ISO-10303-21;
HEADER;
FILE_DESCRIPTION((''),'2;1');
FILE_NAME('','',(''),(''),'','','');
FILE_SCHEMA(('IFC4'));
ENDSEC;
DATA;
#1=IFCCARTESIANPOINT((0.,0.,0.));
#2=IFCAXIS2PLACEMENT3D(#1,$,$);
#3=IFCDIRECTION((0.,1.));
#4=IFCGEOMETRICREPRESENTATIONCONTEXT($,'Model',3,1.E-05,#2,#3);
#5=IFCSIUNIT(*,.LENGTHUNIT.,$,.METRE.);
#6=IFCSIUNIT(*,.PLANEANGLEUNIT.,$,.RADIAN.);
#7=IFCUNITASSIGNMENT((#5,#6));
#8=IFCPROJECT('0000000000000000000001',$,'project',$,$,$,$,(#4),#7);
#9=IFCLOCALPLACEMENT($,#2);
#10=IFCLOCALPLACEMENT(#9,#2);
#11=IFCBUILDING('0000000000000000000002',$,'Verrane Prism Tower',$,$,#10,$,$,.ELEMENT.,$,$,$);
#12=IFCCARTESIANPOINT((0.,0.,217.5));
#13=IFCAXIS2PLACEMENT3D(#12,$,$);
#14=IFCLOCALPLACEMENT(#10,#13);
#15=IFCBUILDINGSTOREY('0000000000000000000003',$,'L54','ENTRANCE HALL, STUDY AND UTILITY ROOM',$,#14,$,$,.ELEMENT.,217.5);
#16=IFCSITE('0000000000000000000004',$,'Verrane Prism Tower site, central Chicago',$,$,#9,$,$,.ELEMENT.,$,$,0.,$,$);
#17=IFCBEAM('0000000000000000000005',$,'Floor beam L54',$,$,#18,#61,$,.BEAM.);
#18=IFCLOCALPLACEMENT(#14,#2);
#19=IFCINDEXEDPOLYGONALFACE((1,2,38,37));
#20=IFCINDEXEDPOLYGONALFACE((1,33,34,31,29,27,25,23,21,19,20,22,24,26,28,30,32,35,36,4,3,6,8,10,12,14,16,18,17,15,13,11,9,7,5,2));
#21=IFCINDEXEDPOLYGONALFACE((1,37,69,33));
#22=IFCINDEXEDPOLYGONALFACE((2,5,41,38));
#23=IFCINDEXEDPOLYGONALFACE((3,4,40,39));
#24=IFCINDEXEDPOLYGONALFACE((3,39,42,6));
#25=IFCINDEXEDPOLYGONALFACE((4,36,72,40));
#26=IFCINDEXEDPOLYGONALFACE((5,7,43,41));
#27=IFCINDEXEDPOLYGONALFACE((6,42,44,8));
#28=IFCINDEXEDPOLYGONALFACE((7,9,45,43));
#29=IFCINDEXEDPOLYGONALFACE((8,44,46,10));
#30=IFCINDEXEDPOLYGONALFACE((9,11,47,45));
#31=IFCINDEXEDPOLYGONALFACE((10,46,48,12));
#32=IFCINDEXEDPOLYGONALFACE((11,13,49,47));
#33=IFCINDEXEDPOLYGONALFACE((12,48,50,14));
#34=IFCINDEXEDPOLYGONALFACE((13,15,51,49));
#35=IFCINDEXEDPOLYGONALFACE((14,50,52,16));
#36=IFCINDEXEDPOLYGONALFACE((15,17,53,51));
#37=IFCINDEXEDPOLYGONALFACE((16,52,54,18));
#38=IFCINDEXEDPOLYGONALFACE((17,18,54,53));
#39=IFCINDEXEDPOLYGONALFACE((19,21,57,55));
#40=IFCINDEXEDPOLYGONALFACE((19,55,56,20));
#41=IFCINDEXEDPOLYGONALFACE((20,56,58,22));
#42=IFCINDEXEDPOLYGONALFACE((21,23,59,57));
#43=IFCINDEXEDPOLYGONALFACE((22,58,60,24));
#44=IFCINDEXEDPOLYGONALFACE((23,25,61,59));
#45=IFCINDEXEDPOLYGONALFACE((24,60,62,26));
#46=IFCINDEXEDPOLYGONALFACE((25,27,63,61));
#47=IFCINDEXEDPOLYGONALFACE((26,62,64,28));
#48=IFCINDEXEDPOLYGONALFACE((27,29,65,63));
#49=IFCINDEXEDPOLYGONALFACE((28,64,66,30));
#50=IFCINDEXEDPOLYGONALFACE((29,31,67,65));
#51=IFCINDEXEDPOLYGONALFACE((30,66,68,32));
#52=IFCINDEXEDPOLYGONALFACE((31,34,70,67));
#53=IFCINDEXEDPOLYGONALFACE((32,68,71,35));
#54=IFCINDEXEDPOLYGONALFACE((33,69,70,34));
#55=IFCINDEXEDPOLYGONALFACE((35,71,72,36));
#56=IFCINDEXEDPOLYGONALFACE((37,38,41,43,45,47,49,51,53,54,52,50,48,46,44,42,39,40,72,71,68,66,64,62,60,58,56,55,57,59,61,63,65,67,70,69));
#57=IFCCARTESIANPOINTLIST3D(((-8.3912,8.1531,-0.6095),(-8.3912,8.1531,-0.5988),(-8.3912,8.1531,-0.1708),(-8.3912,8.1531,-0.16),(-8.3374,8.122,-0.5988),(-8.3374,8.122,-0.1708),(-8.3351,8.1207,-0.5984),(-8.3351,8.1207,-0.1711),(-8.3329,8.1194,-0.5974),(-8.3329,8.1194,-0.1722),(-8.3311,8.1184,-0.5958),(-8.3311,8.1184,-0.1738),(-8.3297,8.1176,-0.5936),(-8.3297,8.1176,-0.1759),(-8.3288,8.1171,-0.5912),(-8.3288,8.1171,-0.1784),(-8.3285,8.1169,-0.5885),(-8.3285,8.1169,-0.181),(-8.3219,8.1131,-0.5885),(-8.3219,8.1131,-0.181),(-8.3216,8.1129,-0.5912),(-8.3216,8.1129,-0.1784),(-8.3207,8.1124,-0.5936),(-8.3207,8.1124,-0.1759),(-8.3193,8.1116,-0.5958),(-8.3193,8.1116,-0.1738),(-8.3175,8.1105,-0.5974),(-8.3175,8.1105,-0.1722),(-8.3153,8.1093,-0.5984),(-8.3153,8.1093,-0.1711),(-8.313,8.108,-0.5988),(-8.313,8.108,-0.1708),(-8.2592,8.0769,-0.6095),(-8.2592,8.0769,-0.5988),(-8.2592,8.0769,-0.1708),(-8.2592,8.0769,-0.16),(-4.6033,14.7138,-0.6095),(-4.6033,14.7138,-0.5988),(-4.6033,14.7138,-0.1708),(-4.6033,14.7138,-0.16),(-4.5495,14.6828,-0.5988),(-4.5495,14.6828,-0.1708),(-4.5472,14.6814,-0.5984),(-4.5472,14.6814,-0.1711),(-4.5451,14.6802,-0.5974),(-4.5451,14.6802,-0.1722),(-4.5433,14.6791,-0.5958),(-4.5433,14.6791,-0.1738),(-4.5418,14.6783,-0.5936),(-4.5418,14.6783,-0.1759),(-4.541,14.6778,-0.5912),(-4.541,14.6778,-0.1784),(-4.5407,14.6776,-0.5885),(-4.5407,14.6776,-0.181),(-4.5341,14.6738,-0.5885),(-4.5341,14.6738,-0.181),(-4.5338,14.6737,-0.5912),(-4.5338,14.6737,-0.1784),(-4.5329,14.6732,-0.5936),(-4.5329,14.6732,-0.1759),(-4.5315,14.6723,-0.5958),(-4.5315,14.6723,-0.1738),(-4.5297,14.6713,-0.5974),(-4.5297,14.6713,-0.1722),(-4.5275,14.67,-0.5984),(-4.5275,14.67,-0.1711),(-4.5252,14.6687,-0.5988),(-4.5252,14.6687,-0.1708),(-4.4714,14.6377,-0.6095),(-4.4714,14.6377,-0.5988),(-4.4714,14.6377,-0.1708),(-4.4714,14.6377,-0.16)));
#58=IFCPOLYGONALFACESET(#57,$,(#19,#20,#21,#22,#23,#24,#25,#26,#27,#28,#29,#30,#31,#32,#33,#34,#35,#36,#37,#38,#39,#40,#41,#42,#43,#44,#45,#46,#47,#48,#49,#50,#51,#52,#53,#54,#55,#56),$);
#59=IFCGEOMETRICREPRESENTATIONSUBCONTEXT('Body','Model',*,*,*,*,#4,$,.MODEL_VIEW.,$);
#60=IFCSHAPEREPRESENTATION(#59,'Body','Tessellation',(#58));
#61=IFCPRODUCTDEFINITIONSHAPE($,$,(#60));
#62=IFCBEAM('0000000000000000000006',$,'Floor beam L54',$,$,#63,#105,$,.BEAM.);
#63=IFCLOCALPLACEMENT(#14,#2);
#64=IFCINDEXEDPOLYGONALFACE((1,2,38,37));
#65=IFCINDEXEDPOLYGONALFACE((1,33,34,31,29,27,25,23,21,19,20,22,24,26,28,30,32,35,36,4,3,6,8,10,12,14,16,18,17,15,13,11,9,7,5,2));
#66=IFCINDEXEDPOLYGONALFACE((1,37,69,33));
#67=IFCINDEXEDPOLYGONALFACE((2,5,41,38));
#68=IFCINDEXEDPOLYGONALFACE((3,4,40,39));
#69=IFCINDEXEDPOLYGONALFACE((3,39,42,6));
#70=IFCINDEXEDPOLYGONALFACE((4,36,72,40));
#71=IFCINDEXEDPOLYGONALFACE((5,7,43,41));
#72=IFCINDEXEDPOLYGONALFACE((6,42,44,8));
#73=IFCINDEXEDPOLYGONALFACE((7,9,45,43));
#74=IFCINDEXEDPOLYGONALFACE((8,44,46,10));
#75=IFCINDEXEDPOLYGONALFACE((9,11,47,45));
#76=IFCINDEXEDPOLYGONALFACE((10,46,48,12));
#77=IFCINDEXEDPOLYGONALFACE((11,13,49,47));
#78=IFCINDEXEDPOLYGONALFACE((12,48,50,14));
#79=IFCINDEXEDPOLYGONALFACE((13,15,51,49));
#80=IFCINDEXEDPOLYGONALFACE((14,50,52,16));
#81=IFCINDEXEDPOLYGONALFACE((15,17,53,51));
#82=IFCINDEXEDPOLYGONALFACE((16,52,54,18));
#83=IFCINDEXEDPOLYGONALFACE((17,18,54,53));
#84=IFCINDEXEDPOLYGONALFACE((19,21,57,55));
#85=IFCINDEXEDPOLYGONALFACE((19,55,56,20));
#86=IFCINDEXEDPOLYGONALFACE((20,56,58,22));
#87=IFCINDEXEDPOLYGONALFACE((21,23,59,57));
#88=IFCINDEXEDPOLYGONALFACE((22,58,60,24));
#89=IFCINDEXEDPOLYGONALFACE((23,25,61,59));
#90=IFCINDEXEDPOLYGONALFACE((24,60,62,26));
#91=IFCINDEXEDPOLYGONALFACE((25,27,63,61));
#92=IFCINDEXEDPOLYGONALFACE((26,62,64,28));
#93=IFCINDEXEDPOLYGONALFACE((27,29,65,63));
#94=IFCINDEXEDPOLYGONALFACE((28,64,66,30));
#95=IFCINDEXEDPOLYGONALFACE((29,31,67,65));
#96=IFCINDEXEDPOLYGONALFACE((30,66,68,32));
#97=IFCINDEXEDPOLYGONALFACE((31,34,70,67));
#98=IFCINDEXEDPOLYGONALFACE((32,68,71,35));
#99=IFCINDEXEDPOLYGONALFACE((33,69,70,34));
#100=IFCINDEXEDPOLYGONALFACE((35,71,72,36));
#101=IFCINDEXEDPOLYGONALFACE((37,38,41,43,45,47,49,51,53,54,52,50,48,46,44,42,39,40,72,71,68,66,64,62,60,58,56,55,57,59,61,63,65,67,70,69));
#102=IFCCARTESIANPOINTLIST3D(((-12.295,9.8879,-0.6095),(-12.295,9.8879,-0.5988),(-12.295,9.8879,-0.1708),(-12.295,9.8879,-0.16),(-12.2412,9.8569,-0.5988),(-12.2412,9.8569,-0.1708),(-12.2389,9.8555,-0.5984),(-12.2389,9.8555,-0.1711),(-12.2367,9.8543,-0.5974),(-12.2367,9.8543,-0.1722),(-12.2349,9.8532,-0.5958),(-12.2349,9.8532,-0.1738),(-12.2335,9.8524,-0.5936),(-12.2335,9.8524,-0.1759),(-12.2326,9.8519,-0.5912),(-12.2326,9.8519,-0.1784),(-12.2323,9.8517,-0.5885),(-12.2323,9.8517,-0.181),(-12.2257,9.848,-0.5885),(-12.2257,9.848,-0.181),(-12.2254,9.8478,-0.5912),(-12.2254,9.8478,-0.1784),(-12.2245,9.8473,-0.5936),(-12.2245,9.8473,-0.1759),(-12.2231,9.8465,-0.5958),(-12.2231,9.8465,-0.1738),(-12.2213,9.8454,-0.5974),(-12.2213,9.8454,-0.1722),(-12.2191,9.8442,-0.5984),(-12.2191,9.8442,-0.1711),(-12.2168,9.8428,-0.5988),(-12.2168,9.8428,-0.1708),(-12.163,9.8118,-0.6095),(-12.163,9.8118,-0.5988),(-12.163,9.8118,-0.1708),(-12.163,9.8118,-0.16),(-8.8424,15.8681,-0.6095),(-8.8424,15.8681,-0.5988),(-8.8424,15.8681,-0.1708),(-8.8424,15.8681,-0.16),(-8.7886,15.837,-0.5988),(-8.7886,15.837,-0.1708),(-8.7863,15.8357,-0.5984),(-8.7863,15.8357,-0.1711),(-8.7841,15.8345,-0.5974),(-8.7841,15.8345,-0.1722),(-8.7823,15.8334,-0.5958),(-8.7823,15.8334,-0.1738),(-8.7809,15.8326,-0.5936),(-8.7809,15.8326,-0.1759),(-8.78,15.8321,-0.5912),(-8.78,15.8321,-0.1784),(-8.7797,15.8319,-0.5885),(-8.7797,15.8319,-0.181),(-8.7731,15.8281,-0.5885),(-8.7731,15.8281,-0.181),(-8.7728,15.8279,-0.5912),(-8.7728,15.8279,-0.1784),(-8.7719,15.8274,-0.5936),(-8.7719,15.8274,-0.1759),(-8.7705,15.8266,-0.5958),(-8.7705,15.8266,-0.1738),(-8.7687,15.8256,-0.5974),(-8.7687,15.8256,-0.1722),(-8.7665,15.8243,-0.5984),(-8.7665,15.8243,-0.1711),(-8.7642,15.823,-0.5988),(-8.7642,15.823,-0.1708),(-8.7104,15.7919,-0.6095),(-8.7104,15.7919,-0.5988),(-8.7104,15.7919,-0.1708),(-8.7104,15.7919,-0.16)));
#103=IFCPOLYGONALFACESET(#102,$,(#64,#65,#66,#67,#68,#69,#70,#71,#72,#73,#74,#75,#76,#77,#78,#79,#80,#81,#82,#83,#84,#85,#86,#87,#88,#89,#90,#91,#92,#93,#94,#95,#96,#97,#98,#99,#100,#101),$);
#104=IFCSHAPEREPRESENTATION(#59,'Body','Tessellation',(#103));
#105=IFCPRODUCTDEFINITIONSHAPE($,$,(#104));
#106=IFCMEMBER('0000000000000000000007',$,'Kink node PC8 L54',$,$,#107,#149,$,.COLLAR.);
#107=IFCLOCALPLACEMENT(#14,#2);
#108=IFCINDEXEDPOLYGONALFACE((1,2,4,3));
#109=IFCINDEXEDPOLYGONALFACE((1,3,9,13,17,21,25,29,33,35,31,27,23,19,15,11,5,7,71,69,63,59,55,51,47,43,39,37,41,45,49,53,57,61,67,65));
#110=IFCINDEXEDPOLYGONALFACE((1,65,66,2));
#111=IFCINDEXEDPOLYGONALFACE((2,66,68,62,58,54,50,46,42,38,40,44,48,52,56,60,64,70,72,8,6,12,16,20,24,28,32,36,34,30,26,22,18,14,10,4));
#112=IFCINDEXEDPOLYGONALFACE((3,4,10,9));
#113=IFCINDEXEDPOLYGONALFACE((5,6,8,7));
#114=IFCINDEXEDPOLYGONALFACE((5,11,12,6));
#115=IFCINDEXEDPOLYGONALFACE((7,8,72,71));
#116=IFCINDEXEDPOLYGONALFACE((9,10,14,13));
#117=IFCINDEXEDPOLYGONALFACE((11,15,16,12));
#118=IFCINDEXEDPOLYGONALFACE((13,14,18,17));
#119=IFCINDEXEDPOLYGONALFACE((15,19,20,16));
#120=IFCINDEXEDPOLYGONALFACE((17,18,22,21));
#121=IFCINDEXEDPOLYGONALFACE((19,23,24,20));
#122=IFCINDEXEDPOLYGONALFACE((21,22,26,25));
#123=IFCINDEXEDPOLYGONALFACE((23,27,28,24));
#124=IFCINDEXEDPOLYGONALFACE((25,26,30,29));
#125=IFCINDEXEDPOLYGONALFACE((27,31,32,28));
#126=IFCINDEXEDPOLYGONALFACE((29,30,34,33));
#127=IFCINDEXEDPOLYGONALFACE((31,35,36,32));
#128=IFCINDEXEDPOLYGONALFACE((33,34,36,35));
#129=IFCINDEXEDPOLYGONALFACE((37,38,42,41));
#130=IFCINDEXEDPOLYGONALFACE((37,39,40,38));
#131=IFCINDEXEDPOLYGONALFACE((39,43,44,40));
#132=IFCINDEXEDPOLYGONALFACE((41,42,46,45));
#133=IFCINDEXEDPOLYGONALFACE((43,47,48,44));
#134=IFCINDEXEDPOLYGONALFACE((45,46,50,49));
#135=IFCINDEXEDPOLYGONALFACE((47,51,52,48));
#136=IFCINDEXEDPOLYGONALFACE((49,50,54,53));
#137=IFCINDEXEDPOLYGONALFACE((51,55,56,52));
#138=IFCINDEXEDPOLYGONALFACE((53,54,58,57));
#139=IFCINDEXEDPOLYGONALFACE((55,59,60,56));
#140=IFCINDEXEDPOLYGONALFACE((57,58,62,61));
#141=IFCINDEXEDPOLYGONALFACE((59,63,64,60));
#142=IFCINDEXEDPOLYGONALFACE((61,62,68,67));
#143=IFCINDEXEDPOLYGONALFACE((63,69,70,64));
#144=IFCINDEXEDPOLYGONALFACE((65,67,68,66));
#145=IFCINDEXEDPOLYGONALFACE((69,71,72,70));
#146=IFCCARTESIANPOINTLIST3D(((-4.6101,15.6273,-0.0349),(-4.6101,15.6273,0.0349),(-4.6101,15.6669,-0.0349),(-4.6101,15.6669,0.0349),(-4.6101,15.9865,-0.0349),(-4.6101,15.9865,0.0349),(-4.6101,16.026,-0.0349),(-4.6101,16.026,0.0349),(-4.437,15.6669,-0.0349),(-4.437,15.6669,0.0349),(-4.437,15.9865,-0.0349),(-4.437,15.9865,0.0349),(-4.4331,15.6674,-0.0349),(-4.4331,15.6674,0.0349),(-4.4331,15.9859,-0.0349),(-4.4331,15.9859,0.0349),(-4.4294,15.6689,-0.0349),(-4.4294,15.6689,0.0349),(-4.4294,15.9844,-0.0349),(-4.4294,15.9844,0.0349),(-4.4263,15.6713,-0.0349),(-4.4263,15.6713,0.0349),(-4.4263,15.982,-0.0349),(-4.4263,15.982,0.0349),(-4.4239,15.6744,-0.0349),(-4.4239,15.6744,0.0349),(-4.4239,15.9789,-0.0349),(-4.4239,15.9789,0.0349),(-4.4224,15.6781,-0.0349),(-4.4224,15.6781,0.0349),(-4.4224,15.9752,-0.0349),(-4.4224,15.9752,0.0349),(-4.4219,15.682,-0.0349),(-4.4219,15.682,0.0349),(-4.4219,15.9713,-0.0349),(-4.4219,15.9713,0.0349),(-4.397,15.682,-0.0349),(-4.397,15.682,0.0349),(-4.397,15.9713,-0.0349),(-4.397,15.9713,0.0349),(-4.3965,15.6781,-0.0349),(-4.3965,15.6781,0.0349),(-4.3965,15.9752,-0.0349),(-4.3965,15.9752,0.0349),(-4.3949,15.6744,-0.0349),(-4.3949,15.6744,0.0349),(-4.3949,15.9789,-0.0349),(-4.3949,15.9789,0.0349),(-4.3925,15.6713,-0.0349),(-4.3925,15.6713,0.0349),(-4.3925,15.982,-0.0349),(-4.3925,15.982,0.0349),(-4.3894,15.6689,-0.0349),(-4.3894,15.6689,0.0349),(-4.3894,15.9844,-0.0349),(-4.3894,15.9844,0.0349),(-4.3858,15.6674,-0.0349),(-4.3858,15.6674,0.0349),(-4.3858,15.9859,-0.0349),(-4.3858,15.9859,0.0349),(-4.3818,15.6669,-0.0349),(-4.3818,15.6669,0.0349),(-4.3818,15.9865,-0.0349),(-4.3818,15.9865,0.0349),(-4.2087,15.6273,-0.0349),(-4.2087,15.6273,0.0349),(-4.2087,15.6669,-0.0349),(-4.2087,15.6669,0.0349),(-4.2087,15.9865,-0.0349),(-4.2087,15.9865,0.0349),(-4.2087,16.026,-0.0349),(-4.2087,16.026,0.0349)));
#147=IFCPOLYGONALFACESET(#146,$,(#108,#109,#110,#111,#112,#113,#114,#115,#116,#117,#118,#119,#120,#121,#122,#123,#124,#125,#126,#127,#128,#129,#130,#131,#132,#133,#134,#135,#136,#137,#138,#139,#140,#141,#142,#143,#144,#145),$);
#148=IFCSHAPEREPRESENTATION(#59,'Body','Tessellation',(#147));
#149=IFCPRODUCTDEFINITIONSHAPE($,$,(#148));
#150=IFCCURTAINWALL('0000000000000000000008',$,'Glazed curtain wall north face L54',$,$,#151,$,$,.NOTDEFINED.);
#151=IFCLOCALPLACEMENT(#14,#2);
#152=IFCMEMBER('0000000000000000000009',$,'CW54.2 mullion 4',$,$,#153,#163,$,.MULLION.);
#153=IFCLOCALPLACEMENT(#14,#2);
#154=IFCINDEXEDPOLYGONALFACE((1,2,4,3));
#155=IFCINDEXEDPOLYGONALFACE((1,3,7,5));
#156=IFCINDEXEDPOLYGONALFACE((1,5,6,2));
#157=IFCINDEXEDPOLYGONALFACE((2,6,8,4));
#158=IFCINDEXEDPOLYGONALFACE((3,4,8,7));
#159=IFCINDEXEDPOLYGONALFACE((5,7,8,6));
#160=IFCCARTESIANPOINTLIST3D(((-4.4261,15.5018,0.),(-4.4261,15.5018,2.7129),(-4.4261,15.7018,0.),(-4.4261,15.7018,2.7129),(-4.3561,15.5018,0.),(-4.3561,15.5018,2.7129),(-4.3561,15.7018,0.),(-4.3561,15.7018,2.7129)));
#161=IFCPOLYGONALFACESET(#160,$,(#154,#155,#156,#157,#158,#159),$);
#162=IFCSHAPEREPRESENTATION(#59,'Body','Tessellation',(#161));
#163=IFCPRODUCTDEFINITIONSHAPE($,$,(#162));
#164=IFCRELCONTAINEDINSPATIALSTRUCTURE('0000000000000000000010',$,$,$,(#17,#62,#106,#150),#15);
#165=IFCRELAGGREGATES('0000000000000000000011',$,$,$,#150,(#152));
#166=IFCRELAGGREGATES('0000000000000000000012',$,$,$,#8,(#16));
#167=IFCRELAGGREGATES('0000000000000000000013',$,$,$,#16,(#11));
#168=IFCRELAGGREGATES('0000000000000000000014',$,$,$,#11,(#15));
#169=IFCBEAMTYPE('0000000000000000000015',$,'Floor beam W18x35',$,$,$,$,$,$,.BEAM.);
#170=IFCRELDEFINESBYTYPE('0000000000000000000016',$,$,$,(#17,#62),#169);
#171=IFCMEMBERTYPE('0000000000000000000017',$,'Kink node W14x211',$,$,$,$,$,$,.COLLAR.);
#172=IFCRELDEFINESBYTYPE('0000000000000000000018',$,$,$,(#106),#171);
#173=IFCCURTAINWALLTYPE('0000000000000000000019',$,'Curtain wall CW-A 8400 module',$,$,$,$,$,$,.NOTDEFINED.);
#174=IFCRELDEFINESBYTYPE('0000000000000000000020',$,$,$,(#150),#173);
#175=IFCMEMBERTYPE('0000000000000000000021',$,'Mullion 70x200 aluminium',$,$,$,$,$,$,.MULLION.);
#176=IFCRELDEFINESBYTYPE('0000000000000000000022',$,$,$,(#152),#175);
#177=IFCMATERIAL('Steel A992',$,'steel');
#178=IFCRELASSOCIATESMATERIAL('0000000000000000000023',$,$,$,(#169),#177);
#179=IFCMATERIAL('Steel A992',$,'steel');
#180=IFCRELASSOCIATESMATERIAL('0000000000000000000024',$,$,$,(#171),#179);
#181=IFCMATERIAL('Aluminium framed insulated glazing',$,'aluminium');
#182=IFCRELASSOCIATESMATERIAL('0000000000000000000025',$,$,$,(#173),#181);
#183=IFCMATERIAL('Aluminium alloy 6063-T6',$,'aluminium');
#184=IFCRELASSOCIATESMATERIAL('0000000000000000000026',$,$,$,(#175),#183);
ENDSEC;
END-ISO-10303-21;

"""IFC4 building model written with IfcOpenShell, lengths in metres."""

from ifc_helpers import new_model, si_unit, direction, frame, origin, origin_2d, place, context, subcontext, project, spatial, rectangle, i_section, extrude, material, material_profile, profile_set, type_object, element, aggregate, save


model = new_model("IFC4")

# Units and contexts
model_context = context("Model", 3, precision=1e-05, world=origin(), true_north=direction((0.0, 1.0)))
body_context = subcontext(model_context, "Body", "Model", "MODEL_VIEW")
ifc_project = project(units=[si_unit("LENGTHUNIT", "METRE"), si_unit("PLANEANGLEUNIT", "RADIAN")], contexts=[model_context])

# Site, building, storey
site_placement = place(None, origin())
site = spatial("IfcSite", under=ifc_project, at=site_placement, Name="Verrane Prism Tower site, central Chicago", CompositionType="ELEMENT", RefElevation=0.0)
building_placement = place(site_placement, origin())
building = spatial("IfcBuilding", under=site, at=building_placement, Name="Verrane Prism Tower", CompositionType="ELEMENT")
storey_placement = place(building_placement, frame((0.0, 0.0, 217.5)))
storey = spatial("IfcBuildingStorey", under=building, at=storey_placement, Name="L54", Description="ENTRANCE HALL, STUDY AND UTILITY ROOM", CompositionType="ELEMENT", Elevation=217.5)

# Beams
ifc_material_1 = material(Name="Steel A992", Category="steel")
ifc_material_profile_1 = material_profile(ifc_material_1, i_section(OverallWidth=0.1523, OverallDepth=0.4495, WebThickness=0.0076, FlangeThickness=0.0107, FilletRadius=0.0103, at=origin_2d()), Name="W18x35")
ifc_profile_set_1 = profile_set([ifc_material_profile_1], Name="Steel A992")
beam_type_1 = type_object("IfcBeamType", Name="Floor beam W18x35", PredefinedType="BEAM", material=ifc_profile_set_1)
beam_1_placement = place(storey_placement, frame((-8.3252, 8.115, -0.3848), z_axis=(0.499997, 0.866027, 0.0), x_axis=(-0.866027, 0.499997, 0.0)))
element("IfcBeam", 1, at=beam_1_placement, inside=storey, type_object=beam_type_1, Name="Floor beam L54", PredefinedType="BEAM", context=body_context, shape_type="SweptSolid", body=[
    extrude(i_section(OverallWidth=0.1523, OverallDepth=0.4495, WebThickness=0.0076, FlangeThickness=0.0107, FilletRadius=0.0103, at=origin_2d()), origin(), (0.0, 0.0, 1.0), 7.5757),
])
beam_2_placement = place(storey_placement, frame((-12.229, 9.8499, -0.3848), z_axis=(0.499995, 0.866028, 0.0), x_axis=(-0.866028, 0.499995, 0.0)))
element("IfcBeam", 2, at=beam_2_placement, inside=storey, type_object=beam_type_1, Name="Floor beam L54", PredefinedType="BEAM", context=body_context, shape_type="SweptSolid", body=[
    extrude(i_section(OverallWidth=0.1523, OverallDepth=0.4495, WebThickness=0.0076, FlangeThickness=0.0107, FilletRadius=0.0103, at=origin_2d()), origin(), (0.0, 0.0, 1.0), 6.9053),
])

# Member
ifc_material_2 = material(Name="Steel A992", Category="steel")
ifc_material_profile_2 = material_profile(ifc_material_2, i_section(OverallWidth=0.4014, OverallDepth=0.3987, WebThickness=0.0249, FlangeThickness=0.0396, FilletRadius=0.0151, at=origin_2d()), Name="W14x211")
ifc_profile_set_2 = profile_set([ifc_material_profile_2], Name="Steel A992")
member_type_1 = type_object("IfcMemberType", Name="Kink node W14x211", PredefinedType="COLLAR", material=ifc_profile_set_2)
member_1_placement = place(storey_placement, frame((-4.4094, 15.8267, -0.0349), z_axis=(0.0, 0.0, 1.0), x_axis=(1.0, 0.0, 0.0)))
element("IfcMember", 3, at=member_1_placement, inside=storey, type_object=member_type_1, Name="Kink node PC8 L54", PredefinedType="COLLAR", context=body_context, shape_type="SweptSolid", body=[
    extrude(i_section(OverallWidth=0.4014, OverallDepth=0.3987, WebThickness=0.0249, FlangeThickness=0.0396, FilletRadius=0.0151, at=origin_2d()), origin(), (0.0, 0.0, 1.0), 0.0698),
])

# Curtain wall, member
ifc_material_3 = material(Name="Aluminium framed insulated glazing", Category="aluminium")
curtain_wall_type = type_object("IfcCurtainWallType", Name="Curtain wall CW-A 8400 module", PredefinedType="NOTDEFINED", material=ifc_material_3)
curtain_wall_placement = place(storey_placement, origin())
curtain_wall = element("IfcCurtainWall", 4, at=curtain_wall_placement, inside=storey, type_object=curtain_wall_type, Name="Glazed curtain wall north face L54", PredefinedType="NOTDEFINED")
ifc_material_4 = material(Name="Aluminium alloy 6063-T6", Category="aluminium")
ifc_material_profile_3 = material_profile(ifc_material_4, rectangle(XDim=0.2, YDim=0.0701, at=origin_2d()), Name="Mullion 70x200 aluminium")
ifc_profile_set_3 = profile_set([ifc_material_profile_3], Name="Aluminium alloy 6063-T6")
member_type_2 = type_object("IfcMemberType", Name="Mullion 70x200 aluminium", PredefinedType="MULLION", material=ifc_profile_set_3)
member_2_placement = place(storey_placement, frame((-4.3911, 15.6018, 0.0), z_axis=(0.0, 0.0, 1.0), x_axis=(0.0, -1.0, 0.0)))
member_2 = element("IfcMember", 5, at=member_2_placement, type_object=member_type_2, Name="CW54.2 mullion 4", PredefinedType="MULLION", context=body_context, shape_type="SweptSolid", body=[
    extrude(rectangle(XDim=0.2, YDim=0.0701, at=origin_2d()), origin(), (0.0, 0.0, 1.0), 2.7129),
])

aggregate(curtain_wall, [member_2])

save(model, "model.ifc")
